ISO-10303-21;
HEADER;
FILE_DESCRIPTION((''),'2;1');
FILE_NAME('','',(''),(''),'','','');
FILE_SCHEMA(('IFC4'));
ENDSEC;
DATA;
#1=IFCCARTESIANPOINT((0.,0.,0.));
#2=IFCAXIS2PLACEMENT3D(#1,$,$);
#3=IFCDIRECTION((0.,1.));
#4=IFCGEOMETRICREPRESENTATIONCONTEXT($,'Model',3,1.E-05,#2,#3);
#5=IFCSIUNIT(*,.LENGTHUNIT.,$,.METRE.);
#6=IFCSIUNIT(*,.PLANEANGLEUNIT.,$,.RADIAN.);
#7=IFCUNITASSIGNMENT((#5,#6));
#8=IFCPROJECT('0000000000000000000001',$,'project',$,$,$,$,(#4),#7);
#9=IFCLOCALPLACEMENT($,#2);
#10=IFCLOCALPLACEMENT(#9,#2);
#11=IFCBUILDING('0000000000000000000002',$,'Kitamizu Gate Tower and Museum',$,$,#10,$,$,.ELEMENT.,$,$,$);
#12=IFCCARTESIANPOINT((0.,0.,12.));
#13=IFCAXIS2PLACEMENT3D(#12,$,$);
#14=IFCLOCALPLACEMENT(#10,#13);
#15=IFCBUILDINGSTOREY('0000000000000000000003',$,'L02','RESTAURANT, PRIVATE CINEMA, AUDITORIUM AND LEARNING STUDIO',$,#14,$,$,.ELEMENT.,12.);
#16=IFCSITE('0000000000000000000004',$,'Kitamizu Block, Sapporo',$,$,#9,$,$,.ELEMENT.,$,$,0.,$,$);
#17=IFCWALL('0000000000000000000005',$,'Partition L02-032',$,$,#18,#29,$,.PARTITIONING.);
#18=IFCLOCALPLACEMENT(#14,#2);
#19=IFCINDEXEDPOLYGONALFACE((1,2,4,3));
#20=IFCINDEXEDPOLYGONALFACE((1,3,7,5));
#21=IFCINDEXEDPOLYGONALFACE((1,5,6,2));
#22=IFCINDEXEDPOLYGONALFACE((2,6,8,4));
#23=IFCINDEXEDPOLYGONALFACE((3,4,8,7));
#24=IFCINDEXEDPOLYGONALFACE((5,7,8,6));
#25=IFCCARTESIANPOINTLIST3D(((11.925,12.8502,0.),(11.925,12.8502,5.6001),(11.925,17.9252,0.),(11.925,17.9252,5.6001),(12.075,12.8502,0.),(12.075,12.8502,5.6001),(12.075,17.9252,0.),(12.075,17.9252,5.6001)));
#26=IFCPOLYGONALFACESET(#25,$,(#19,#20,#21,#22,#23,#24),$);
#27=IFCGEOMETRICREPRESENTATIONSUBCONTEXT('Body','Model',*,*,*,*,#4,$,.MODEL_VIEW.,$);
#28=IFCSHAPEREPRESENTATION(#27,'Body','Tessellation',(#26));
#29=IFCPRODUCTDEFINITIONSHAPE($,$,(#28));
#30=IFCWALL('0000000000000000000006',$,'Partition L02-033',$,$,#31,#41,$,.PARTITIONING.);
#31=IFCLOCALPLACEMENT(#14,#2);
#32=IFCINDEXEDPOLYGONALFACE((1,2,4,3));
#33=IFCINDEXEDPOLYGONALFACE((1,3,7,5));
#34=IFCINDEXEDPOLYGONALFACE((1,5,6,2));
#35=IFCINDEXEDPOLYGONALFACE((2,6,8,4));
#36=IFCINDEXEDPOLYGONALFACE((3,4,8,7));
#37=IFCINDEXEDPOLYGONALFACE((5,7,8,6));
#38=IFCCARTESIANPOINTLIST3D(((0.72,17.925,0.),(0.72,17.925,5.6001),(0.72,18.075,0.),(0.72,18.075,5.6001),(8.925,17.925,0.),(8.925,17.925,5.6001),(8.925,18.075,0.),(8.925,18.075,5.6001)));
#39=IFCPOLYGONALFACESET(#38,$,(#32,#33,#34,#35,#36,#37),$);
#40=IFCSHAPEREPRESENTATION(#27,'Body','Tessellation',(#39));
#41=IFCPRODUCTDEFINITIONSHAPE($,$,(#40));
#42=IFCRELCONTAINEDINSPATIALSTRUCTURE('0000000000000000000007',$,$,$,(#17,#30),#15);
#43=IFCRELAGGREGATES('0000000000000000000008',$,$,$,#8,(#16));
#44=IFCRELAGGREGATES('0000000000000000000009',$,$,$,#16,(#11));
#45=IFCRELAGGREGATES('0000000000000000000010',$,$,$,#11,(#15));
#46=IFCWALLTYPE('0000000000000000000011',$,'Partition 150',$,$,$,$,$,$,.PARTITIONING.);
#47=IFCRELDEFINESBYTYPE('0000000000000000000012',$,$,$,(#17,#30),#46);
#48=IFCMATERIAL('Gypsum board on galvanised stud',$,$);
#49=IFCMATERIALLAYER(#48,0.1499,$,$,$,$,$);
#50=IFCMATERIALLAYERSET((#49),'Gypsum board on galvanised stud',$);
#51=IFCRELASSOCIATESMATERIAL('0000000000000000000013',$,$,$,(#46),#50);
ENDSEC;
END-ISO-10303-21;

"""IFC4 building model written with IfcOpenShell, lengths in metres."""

from ifc_helpers import new_model, si_unit, direction, frame, frame_2d, origin, place, context, subcontext, project, spatial, rectangle, extrude, material, layer, layer_set, type_object, element, save


model = new_model("IFC4")

# Units and contexts
model_context = context("Model", 3, precision=1e-05, world=origin(), true_north=direction((0.0, 1.0)))
body_context = subcontext(model_context, "Body", "Model", "MODEL_VIEW")
ifc_project = project(units=[si_unit("LENGTHUNIT", "METRE"), si_unit("PLANEANGLEUNIT", "RADIAN")], contexts=[model_context])

# Site, building, storey
site_placement = place(None, origin())
site = spatial("IfcSite", under=ifc_project, at=site_placement, Name="Kitamizu Block, Sapporo", CompositionType="ELEMENT", RefElevation=0.0)
building_placement = place(site_placement, origin())
building = spatial("IfcBuilding", under=site, at=building_placement, Name="Kitamizu Gate Tower and Museum", CompositionType="ELEMENT")
storey_placement = place(building_placement, frame((0.0, 0.0, 12.0)))
storey = spatial("IfcBuildingStorey", under=building, at=storey_placement, Name="L02", Description="RESTAURANT, PRIVATE CINEMA, AUDITORIUM AND LEARNING STUDIO", CompositionType="ELEMENT", Elevation=12.0)

# Shared definitions
ifc_material_1 = material(Name="Gypsum board on galvanised stud")
ifc_layer_1 = layer(ifc_material_1, 0.1499)
ifc_layer_set_1 = layer_set([ifc_layer_1], Name="Gypsum board on galvanised stud")
wall_type_1 = type_object("IfcWallType", Name="Partition 150", PredefinedType="PARTITIONING", material=ifc_layer_set_1)

# Walls
wall_1_placement = place(storey_placement, frame((12.0, 12.8501, 0.0), z_axis=(0.0, 0.0, 1.0), x_axis=(0.0, 1.0, 0.0)))
element("IfcWall", 1, at=wall_1_placement, inside=storey, type_object=wall_type_1, Name="Partition L02-032", PredefinedType="PARTITIONING", context=body_context, shape_type="SweptSolid", body=[
    extrude(rectangle(XDim=5.075, YDim=0.1499, at=frame_2d((2.5376, 0.0))), origin(), (0.0, 0.0, 1.0), 5.6001),
])
wall_2_placement = place(storey_placement, frame((8.925, 18.0, 0.0), z_axis=(0.0, 0.0, 1.0), x_axis=(-1.0, 0.0, 0.0)))
element("IfcWall", 2, at=wall_2_placement, inside=storey, type_object=wall_type_1, Name="Partition L02-033", PredefinedType="PARTITIONING", context=body_context, shape_type="SweptSolid", body=[
    extrude(rectangle(XDim=8.2051, YDim=0.1499, at=frame_2d((4.1025, 0.0))), origin(), (0.0, 0.0, 1.0), 5.6001),
])

save(model, "model.ifc")
